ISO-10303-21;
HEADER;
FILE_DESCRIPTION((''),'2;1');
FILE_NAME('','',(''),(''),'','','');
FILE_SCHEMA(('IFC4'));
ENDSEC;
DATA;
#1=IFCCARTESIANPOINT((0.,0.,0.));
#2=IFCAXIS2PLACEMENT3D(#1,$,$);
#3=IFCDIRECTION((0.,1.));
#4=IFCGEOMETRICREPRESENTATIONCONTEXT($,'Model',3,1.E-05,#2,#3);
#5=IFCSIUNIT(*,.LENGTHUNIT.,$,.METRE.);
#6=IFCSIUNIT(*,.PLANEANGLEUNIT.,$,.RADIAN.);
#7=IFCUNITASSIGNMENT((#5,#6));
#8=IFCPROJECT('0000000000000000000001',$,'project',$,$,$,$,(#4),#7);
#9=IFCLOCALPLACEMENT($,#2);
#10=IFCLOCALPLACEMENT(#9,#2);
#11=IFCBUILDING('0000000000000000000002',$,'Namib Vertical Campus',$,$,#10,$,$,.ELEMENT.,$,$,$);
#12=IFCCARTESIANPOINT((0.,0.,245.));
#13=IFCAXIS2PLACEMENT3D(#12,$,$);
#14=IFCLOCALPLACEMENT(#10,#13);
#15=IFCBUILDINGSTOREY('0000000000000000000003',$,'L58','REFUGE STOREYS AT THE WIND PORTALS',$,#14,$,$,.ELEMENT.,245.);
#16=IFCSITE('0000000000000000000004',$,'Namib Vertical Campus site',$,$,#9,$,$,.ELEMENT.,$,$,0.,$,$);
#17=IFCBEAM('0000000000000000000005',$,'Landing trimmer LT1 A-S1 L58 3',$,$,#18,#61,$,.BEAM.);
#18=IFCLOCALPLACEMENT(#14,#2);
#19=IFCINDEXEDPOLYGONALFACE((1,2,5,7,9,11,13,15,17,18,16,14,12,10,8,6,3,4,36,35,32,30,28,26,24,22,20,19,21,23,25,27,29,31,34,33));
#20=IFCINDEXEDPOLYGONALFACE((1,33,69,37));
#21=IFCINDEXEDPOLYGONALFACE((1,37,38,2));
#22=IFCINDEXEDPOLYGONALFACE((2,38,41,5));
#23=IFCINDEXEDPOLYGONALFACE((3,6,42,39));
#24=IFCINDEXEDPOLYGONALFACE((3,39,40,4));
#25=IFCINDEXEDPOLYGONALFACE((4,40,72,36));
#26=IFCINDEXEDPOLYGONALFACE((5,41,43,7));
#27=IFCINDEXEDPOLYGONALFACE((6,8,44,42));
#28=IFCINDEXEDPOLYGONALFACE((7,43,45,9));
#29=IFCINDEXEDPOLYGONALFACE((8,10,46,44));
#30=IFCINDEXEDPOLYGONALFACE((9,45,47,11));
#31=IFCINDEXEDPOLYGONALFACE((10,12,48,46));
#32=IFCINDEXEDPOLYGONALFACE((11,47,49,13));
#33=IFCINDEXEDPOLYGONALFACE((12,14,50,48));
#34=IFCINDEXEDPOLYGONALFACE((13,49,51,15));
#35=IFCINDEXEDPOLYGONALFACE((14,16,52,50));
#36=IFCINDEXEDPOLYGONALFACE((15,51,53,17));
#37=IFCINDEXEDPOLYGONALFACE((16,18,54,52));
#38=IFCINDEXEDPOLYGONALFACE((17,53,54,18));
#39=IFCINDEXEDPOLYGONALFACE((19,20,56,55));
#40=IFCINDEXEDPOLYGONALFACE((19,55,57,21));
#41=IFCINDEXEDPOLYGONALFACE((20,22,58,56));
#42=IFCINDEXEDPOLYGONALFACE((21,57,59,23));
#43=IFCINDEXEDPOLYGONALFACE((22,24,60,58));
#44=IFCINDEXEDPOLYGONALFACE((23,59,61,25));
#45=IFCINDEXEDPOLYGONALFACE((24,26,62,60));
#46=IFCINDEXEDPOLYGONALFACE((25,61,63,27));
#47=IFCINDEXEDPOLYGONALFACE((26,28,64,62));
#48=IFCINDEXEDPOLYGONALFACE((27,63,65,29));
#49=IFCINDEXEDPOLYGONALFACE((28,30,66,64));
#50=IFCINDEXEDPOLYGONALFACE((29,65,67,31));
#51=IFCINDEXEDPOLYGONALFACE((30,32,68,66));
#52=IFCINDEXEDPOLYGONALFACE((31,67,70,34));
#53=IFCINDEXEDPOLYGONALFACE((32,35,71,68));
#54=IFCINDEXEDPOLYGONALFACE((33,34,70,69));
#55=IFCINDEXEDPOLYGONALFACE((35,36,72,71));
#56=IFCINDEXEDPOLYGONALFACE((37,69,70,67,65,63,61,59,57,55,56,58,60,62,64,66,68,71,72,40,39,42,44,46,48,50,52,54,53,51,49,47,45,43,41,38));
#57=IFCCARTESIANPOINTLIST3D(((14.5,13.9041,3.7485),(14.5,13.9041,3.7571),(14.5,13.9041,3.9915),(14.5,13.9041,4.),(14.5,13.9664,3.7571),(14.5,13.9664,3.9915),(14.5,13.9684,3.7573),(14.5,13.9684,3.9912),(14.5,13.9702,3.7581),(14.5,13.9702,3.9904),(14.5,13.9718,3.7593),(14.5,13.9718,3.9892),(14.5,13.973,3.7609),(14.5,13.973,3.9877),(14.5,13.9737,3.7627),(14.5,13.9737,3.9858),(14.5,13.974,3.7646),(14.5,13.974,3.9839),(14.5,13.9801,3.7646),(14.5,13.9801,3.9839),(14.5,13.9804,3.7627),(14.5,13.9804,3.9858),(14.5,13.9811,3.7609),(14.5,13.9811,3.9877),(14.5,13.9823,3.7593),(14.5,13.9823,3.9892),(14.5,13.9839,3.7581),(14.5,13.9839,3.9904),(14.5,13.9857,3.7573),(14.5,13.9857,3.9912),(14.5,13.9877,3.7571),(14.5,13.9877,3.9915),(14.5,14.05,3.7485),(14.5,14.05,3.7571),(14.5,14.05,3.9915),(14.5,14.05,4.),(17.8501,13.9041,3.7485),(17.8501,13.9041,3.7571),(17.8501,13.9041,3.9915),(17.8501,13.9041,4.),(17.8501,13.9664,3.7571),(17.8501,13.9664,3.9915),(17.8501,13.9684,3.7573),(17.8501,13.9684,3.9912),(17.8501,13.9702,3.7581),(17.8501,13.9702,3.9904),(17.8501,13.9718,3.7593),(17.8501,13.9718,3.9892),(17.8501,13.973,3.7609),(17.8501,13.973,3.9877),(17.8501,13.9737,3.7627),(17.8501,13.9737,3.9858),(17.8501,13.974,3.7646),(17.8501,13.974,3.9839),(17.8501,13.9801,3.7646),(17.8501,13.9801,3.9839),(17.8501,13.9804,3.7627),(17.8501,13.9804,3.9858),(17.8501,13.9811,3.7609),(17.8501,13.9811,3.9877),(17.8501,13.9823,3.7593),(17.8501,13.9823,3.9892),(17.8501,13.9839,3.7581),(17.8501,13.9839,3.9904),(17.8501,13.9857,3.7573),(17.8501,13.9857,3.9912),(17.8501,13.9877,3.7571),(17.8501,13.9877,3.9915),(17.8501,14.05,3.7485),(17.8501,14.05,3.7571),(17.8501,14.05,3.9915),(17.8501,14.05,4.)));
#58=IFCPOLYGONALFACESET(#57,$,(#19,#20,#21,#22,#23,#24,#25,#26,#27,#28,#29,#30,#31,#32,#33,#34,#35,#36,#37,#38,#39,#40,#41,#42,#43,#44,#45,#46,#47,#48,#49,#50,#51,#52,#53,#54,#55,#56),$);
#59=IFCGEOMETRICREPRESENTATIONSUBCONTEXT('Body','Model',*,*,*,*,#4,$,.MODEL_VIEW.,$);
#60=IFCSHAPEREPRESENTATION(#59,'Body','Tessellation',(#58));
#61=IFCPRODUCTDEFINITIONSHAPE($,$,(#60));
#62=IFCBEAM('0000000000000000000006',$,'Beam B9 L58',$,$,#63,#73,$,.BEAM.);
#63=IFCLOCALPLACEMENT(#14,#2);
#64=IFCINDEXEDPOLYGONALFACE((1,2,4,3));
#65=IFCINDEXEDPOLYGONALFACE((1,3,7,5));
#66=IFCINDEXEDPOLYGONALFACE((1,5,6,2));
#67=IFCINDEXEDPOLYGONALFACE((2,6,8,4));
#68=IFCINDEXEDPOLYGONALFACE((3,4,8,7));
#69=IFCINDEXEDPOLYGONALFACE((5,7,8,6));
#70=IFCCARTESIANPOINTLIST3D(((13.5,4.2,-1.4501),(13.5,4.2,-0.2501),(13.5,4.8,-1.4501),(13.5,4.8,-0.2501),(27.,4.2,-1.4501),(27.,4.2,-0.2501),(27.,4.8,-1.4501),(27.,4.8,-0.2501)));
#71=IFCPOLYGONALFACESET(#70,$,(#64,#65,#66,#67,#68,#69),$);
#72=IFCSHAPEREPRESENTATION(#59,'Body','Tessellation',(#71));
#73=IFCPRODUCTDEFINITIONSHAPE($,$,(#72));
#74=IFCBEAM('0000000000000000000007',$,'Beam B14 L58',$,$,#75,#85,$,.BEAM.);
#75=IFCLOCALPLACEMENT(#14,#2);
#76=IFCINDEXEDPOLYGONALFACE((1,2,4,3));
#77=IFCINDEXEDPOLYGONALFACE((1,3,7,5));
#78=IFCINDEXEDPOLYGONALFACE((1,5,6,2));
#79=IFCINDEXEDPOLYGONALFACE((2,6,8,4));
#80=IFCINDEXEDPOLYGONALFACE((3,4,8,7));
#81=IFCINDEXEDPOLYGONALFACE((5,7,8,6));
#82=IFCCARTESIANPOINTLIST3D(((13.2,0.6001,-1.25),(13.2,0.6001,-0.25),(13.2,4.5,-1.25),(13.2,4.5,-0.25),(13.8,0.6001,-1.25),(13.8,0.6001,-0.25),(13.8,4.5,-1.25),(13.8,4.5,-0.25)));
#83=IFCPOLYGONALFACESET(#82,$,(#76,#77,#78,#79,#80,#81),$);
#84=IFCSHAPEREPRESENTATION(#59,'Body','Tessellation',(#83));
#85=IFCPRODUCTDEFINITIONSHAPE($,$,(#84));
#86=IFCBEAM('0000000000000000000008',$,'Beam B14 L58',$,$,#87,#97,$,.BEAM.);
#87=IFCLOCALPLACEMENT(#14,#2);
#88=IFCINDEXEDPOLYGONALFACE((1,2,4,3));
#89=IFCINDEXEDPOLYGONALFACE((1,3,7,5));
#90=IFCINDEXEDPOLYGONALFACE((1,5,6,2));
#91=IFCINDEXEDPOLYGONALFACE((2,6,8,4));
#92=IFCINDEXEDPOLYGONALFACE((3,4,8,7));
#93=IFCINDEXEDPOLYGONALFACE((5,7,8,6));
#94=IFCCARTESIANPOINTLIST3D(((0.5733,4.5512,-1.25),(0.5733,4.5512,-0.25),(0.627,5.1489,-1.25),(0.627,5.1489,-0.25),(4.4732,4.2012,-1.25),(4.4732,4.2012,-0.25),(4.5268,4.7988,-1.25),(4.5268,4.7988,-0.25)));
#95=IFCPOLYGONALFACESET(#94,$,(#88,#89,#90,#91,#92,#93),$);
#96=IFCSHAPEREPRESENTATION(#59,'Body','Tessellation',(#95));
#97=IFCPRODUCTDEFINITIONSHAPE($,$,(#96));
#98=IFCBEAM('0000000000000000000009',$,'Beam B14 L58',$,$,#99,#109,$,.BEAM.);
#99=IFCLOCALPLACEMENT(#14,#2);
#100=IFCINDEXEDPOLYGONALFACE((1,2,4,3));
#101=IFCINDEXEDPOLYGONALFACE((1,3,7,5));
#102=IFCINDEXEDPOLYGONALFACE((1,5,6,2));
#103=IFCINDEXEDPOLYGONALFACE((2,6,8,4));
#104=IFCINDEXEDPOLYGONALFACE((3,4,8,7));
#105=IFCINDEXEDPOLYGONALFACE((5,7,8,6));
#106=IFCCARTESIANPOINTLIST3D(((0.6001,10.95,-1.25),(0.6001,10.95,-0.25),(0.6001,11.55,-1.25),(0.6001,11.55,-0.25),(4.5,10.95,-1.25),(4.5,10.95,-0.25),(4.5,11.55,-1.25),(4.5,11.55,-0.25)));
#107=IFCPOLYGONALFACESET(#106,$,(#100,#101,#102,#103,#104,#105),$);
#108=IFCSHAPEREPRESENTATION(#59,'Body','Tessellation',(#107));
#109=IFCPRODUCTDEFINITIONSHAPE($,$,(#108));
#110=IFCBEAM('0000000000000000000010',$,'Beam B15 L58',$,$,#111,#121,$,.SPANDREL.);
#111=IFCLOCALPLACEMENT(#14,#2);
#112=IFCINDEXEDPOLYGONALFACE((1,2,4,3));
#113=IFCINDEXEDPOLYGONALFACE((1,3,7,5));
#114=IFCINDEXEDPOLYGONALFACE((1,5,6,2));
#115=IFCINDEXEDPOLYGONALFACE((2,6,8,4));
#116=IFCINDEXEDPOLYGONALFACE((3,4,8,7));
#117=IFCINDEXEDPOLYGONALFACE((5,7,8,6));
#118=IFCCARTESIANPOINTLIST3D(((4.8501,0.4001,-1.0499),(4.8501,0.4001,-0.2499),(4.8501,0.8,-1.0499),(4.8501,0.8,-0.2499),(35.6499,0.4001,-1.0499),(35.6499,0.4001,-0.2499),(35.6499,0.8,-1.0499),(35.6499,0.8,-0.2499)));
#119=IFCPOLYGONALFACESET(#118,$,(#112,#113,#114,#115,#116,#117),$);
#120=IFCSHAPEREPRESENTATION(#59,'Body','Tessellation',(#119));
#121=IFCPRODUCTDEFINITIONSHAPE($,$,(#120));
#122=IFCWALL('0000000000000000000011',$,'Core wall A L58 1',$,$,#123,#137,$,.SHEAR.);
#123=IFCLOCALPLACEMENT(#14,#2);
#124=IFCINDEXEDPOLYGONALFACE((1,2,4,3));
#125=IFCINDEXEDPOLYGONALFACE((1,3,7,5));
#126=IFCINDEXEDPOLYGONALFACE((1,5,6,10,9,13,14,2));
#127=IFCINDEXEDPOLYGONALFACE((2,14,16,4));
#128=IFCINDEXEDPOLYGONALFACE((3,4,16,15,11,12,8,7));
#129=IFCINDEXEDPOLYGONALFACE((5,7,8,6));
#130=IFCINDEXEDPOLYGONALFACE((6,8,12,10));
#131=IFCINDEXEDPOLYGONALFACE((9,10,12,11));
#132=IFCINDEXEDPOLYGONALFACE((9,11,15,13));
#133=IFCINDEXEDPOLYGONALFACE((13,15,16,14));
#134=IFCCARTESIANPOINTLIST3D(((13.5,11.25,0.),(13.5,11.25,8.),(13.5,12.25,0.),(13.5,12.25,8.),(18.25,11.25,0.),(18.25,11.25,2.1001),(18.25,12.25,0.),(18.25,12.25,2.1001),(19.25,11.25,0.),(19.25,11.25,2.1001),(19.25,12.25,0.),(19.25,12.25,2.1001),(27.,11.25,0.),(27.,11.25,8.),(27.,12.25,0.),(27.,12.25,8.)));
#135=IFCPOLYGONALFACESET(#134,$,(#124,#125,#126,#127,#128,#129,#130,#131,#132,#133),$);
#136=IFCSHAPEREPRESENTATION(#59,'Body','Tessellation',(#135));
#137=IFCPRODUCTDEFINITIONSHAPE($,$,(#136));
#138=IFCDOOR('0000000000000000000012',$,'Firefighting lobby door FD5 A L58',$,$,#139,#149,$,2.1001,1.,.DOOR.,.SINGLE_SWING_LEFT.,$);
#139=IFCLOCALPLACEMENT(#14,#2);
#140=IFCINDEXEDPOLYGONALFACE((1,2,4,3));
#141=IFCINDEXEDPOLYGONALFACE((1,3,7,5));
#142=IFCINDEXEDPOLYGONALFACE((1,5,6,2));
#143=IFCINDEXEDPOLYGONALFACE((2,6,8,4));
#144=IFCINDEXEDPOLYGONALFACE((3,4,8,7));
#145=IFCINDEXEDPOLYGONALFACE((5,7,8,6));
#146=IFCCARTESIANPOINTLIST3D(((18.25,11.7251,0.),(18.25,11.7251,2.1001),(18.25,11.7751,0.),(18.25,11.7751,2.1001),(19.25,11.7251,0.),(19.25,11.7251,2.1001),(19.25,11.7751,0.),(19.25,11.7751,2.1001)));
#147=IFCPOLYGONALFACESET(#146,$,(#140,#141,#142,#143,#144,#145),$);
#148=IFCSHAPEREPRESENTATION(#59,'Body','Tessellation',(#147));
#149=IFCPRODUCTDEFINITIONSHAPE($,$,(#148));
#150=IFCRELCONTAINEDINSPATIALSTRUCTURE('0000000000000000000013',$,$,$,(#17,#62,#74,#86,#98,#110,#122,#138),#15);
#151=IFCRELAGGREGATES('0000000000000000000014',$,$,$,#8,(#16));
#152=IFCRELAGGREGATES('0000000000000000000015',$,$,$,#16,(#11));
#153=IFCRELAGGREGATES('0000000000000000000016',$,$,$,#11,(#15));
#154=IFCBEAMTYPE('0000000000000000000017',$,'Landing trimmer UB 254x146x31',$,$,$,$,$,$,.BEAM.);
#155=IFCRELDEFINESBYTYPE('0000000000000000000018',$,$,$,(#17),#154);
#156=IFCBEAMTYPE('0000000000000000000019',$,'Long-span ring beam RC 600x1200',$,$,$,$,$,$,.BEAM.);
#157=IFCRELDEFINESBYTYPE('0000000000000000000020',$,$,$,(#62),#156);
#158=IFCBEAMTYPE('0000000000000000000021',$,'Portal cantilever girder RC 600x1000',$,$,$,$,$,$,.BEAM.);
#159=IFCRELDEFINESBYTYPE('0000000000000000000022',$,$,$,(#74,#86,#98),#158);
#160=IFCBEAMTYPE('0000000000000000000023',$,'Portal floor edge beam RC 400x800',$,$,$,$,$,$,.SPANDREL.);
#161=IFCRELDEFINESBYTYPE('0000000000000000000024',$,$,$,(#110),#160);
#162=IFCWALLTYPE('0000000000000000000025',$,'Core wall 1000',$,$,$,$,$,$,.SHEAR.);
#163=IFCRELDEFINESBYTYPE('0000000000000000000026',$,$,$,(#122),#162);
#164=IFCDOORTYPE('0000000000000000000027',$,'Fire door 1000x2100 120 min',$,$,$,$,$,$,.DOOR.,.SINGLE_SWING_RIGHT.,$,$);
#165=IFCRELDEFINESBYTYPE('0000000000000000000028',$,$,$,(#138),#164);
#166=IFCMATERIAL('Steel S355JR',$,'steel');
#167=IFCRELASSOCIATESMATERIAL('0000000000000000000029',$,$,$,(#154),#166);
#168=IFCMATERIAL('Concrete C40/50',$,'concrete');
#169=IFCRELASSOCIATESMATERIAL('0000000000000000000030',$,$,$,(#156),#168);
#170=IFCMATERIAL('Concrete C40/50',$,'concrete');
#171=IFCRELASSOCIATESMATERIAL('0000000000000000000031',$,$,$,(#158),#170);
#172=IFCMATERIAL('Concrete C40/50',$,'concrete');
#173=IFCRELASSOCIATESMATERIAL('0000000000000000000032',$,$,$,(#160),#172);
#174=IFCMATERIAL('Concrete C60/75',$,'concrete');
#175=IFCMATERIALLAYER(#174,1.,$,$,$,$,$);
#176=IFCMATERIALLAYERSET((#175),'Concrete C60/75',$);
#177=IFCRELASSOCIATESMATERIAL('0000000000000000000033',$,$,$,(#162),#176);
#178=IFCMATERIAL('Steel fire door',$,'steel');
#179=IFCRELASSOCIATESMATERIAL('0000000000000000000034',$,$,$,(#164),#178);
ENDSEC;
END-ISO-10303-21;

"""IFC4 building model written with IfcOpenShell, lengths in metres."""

from ifc_helpers import new_model, si_unit, direction, frame, frame_2d, origin, origin_2d, place, context, subcontext, project, spatial, rectangle, i_section, extrude, material, layer, layer_set, material_profile, profile_set, type_object, element, fill, save


model = new_model("IFC4")

# Units and contexts
model_context = context("Model", 3, precision=1e-05, world=origin(), true_north=direction((0.0, 1.0)))
body_context = subcontext(model_context, "Body", "Model", "MODEL_VIEW")
ifc_project = project(units=[si_unit("LENGTHUNIT", "METRE"), si_unit("PLANEANGLEUNIT", "RADIAN")], contexts=[model_context])

# Site, building, storey
site_placement = place(None, origin())
site = spatial("IfcSite", under=ifc_project, at=site_placement, Name="Namib Vertical Campus site", CompositionType="ELEMENT", RefElevation=0.0)
building_placement = place(site_placement, origin())
building = spatial("IfcBuilding", under=site, at=building_placement, Name="Namib Vertical Campus", CompositionType="ELEMENT")
storey_placement = place(building_placement, frame((0.0, 0.0, 245.0)))
storey = spatial("IfcBuildingStorey", under=building, at=storey_placement, Name="L58", Description="REFUGE STOREYS AT THE WIND PORTALS", CompositionType="ELEMENT", Elevation=245.0)

# Beams
ifc_material_1 = material(Name="Steel S355JR", Category="steel")
ifc_material_profile_1 = material_profile(ifc_material_1, i_section(OverallWidth=0.146, OverallDepth=0.2515, WebThickness=0.0061, FlangeThickness=0.0085, FilletRadius=0.0076, at=origin_2d()))
ifc_profile_set_1 = profile_set([ifc_material_profile_1], Name="Steel S355JR")
beam_type_1 = type_object("IfcBeamType", Name="Landing trimmer UB 254x146x31", PredefinedType="BEAM", material=ifc_profile_set_1)
for number, where, z_axis, x_axis, name in (
    (1, (14.5, 13.9771, 3.8743), (1.0, 0.0, 0.0), (0.0, 1.0, 0.0), "Landing trimmer LT1 A-S1 L58 3"),
):
    element("IfcBeam", number, at=place(storey_placement, frame(where, z_axis=z_axis, x_axis=x_axis)), inside=storey, type_object=beam_type_1, Name=name, PredefinedType="BEAM", context=body_context, shape_type="SweptSolid", body=[
        extrude(i_section(OverallWidth=0.146, OverallDepth=0.2515, WebThickness=0.0061, FlangeThickness=0.0085, FilletRadius=0.0076, at=origin_2d()), origin(), (0.0, 0.0, 1.0), 3.3501),
    ])
ifc_material_2 = material(Name="Concrete C40/50", Category="concrete")
ifc_material_profile_2 = material_profile(ifc_material_2, rectangle(XDim=0.6001, YDim=1.2, at=origin_2d()))
ifc_profile_set_2 = profile_set([ifc_material_profile_2], Name="Concrete C40/50")
beam_type_2 = type_object("IfcBeamType", Name="Long-span ring beam RC 600x1200", PredefinedType="BEAM", material=ifc_profile_set_2)
beam_1_placement = place(storey_placement, frame((13.5, 4.5, -0.8501), z_axis=(1.0, 0.0, 0.0), x_axis=(0.0, 1.0, 0.0)))
element("IfcBeam", 2, at=beam_1_placement, inside=storey, type_object=beam_type_2, Name="Beam B9 L58", PredefinedType="BEAM", context=body_context, shape_type="SweptSolid", body=[
    extrude(rectangle(XDim=0.6001, YDim=1.2, at=origin_2d()), origin(), (0.0, 0.0, 1.0), 13.5),
])
ifc_material_3 = material(Name="Concrete C40/50", Category="concrete")
ifc_material_profile_3 = material_profile(ifc_material_3, rectangle(XDim=0.6001, YDim=1.0, at=origin_2d()))
ifc_profile_set_3 = profile_set([ifc_material_profile_3], Name="Concrete C40/50")
beam_type_3 = type_object("IfcBeamType", Name="Portal cantilever girder RC 600x1000", PredefinedType="BEAM", material=ifc_profile_set_3)
beam_2_placement = place(storey_placement, frame((13.5, 4.5, -0.75), z_axis=(0.0, -1.0, 0.0), x_axis=(1.0, 0.0, 0.0)))
element("IfcBeam", 3, at=beam_2_placement, inside=storey, type_object=beam_type_3, Name="Beam B14 L58", PredefinedType="BEAM", context=body_context, shape_type="SweptSolid", body=[
    extrude(rectangle(XDim=0.6001, YDim=1.0, at=origin_2d()), origin(), (0.0, 0.0, 1.0), 3.8999),
])
beam_3_placement = place(storey_placement, frame((4.5, 4.5, -0.75), z_axis=(-0.995995, 0.089411, 0.0), x_axis=(-0.089411, -0.995995, 0.0)))
element("IfcBeam", 4, at=beam_3_placement, inside=storey, type_object=beam_type_3, Name="Beam B14 L58", PredefinedType="BEAM", context=body_context, shape_type="SweptSolid", body=[
    extrude(rectangle(XDim=0.6001, YDim=1.0, at=origin_2d()), origin(), (0.0, 0.0, 1.0), 3.9155),
])
beam_4_placement = place(storey_placement, frame((4.5, 11.25, -0.75), z_axis=(-1.0, 0.0, 0.0), x_axis=(0.0, -1.0, 0.0)))
element("IfcBeam", 5, at=beam_4_placement, inside=storey, type_object=beam_type_3, Name="Beam B14 L58", PredefinedType="BEAM", context=body_context, shape_type="SweptSolid", body=[
    extrude(rectangle(XDim=0.6001, YDim=1.0, at=origin_2d()), origin(), (0.0, 0.0, 1.0), 3.8999),
])
ifc_material_4 = material(Name="Concrete C40/50", Category="concrete")
ifc_material_profile_4 = material_profile(ifc_material_4, rectangle(XDim=0.3999, YDim=0.8, at=origin_2d()))
ifc_profile_set_4 = profile_set([ifc_material_profile_4], Name="Concrete C40/50")
beam_type_4 = type_object("IfcBeamType", Name="Portal floor edge beam RC 400x800", PredefinedType="SPANDREL", material=ifc_profile_set_4)
beam_5_placement = place(storey_placement, frame((4.8501, 0.6001, -0.6499), z_axis=(1.0, 0.0, 0.0), x_axis=(0.0, 1.0, 0.0)))
element("IfcBeam", 6, at=beam_5_placement, inside=storey, type_object=beam_type_4, Name="Beam B15 L58", PredefinedType="SPANDREL", context=body_context, shape_type="SweptSolid", body=[
    extrude(rectangle(XDim=0.3999, YDim=0.8, at=origin_2d()), origin(), (0.0, 0.0, 1.0), 30.7998),
])

# Wall, opening, door
ifc_material_5 = material(Name="Concrete C60/75", Category="concrete")
ifc_layer_1 = layer(ifc_material_5, 1.0)
ifc_layer_set_1 = layer_set([ifc_layer_1], Name="Concrete C60/75")
wall_type_1 = type_object("IfcWallType", Name="Core wall 1000", PredefinedType="SHEAR", material=ifc_layer_set_1)
wall_1_placement = place(storey_placement, frame((13.5, 11.75, 0.0), z_axis=(0.0, 0.0, 1.0), x_axis=(1.0, 0.0, 0.0)))
wall_1 = element("IfcWall", 7, at=wall_1_placement, inside=storey, type_object=wall_type_1, Name="Core wall A L58 1", PredefinedType="SHEAR", context=body_context, shape_type="SweptSolid", body=[
    extrude(rectangle(XDim=13.5, YDim=1.0, at=frame_2d((6.75, 0.0))), origin(), (0.0, 0.0, 1.0), 8.0),
])
opening_1_placement = place(wall_1_placement, frame((4.75, 0.0, 0.0)))
opening_1 = element("IfcOpeningElement", 8, at=opening_1_placement, cuts=wall_1, PredefinedType="OPENING", context=body_context, shape_type="SweptSolid", body=[
    extrude(rectangle(XDim=1.0, YDim=2.1001, at=frame_2d((0.5, 1.05))), frame((0.0, 0.51, 0.0), z_axis=(0.0, -1.0, 0.0), x_axis=(1.0, 0.0, 0.0)), (0.0, 0.0, 1.0), 1.02),
])
ifc_material_6 = material(Name="Steel fire door", Category="steel")
door_type_1 = type_object("IfcDoorType", Name="Fire door 1000x2100 120 min", OperationType="SINGLE_SWING_RIGHT", PredefinedType="DOOR", material=ifc_material_6)
door_1_placement = place(opening_1_placement, frame((1.0, 0.0, 0.0), z_axis=(0.0, 0.0, 1.0), x_axis=(-1.0, 0.0, 0.0)))
door_1 = element("IfcDoor", 9, at=door_1_placement, inside=storey, type_object=door_type_1, Name="Firefighting lobby door FD5 A L58", OperationType="SINGLE_SWING_LEFT", OverallHeight=2.1001, OverallWidth=1.0, PredefinedType="DOOR", context=body_context, shape_type="SweptSolid", body=[
    extrude(rectangle(XDim=1.0, YDim=2.1001, at=frame_2d((0.5, 1.05))), frame((0.0, 0.0249, 0.0), z_axis=(0.0, -1.0, 0.0), x_axis=(1.0, 0.0, 0.0)), (0.0, 0.0, 1.0), 0.05),
])
fill(opening_1, door_1)

save(model, "model.ifc")
